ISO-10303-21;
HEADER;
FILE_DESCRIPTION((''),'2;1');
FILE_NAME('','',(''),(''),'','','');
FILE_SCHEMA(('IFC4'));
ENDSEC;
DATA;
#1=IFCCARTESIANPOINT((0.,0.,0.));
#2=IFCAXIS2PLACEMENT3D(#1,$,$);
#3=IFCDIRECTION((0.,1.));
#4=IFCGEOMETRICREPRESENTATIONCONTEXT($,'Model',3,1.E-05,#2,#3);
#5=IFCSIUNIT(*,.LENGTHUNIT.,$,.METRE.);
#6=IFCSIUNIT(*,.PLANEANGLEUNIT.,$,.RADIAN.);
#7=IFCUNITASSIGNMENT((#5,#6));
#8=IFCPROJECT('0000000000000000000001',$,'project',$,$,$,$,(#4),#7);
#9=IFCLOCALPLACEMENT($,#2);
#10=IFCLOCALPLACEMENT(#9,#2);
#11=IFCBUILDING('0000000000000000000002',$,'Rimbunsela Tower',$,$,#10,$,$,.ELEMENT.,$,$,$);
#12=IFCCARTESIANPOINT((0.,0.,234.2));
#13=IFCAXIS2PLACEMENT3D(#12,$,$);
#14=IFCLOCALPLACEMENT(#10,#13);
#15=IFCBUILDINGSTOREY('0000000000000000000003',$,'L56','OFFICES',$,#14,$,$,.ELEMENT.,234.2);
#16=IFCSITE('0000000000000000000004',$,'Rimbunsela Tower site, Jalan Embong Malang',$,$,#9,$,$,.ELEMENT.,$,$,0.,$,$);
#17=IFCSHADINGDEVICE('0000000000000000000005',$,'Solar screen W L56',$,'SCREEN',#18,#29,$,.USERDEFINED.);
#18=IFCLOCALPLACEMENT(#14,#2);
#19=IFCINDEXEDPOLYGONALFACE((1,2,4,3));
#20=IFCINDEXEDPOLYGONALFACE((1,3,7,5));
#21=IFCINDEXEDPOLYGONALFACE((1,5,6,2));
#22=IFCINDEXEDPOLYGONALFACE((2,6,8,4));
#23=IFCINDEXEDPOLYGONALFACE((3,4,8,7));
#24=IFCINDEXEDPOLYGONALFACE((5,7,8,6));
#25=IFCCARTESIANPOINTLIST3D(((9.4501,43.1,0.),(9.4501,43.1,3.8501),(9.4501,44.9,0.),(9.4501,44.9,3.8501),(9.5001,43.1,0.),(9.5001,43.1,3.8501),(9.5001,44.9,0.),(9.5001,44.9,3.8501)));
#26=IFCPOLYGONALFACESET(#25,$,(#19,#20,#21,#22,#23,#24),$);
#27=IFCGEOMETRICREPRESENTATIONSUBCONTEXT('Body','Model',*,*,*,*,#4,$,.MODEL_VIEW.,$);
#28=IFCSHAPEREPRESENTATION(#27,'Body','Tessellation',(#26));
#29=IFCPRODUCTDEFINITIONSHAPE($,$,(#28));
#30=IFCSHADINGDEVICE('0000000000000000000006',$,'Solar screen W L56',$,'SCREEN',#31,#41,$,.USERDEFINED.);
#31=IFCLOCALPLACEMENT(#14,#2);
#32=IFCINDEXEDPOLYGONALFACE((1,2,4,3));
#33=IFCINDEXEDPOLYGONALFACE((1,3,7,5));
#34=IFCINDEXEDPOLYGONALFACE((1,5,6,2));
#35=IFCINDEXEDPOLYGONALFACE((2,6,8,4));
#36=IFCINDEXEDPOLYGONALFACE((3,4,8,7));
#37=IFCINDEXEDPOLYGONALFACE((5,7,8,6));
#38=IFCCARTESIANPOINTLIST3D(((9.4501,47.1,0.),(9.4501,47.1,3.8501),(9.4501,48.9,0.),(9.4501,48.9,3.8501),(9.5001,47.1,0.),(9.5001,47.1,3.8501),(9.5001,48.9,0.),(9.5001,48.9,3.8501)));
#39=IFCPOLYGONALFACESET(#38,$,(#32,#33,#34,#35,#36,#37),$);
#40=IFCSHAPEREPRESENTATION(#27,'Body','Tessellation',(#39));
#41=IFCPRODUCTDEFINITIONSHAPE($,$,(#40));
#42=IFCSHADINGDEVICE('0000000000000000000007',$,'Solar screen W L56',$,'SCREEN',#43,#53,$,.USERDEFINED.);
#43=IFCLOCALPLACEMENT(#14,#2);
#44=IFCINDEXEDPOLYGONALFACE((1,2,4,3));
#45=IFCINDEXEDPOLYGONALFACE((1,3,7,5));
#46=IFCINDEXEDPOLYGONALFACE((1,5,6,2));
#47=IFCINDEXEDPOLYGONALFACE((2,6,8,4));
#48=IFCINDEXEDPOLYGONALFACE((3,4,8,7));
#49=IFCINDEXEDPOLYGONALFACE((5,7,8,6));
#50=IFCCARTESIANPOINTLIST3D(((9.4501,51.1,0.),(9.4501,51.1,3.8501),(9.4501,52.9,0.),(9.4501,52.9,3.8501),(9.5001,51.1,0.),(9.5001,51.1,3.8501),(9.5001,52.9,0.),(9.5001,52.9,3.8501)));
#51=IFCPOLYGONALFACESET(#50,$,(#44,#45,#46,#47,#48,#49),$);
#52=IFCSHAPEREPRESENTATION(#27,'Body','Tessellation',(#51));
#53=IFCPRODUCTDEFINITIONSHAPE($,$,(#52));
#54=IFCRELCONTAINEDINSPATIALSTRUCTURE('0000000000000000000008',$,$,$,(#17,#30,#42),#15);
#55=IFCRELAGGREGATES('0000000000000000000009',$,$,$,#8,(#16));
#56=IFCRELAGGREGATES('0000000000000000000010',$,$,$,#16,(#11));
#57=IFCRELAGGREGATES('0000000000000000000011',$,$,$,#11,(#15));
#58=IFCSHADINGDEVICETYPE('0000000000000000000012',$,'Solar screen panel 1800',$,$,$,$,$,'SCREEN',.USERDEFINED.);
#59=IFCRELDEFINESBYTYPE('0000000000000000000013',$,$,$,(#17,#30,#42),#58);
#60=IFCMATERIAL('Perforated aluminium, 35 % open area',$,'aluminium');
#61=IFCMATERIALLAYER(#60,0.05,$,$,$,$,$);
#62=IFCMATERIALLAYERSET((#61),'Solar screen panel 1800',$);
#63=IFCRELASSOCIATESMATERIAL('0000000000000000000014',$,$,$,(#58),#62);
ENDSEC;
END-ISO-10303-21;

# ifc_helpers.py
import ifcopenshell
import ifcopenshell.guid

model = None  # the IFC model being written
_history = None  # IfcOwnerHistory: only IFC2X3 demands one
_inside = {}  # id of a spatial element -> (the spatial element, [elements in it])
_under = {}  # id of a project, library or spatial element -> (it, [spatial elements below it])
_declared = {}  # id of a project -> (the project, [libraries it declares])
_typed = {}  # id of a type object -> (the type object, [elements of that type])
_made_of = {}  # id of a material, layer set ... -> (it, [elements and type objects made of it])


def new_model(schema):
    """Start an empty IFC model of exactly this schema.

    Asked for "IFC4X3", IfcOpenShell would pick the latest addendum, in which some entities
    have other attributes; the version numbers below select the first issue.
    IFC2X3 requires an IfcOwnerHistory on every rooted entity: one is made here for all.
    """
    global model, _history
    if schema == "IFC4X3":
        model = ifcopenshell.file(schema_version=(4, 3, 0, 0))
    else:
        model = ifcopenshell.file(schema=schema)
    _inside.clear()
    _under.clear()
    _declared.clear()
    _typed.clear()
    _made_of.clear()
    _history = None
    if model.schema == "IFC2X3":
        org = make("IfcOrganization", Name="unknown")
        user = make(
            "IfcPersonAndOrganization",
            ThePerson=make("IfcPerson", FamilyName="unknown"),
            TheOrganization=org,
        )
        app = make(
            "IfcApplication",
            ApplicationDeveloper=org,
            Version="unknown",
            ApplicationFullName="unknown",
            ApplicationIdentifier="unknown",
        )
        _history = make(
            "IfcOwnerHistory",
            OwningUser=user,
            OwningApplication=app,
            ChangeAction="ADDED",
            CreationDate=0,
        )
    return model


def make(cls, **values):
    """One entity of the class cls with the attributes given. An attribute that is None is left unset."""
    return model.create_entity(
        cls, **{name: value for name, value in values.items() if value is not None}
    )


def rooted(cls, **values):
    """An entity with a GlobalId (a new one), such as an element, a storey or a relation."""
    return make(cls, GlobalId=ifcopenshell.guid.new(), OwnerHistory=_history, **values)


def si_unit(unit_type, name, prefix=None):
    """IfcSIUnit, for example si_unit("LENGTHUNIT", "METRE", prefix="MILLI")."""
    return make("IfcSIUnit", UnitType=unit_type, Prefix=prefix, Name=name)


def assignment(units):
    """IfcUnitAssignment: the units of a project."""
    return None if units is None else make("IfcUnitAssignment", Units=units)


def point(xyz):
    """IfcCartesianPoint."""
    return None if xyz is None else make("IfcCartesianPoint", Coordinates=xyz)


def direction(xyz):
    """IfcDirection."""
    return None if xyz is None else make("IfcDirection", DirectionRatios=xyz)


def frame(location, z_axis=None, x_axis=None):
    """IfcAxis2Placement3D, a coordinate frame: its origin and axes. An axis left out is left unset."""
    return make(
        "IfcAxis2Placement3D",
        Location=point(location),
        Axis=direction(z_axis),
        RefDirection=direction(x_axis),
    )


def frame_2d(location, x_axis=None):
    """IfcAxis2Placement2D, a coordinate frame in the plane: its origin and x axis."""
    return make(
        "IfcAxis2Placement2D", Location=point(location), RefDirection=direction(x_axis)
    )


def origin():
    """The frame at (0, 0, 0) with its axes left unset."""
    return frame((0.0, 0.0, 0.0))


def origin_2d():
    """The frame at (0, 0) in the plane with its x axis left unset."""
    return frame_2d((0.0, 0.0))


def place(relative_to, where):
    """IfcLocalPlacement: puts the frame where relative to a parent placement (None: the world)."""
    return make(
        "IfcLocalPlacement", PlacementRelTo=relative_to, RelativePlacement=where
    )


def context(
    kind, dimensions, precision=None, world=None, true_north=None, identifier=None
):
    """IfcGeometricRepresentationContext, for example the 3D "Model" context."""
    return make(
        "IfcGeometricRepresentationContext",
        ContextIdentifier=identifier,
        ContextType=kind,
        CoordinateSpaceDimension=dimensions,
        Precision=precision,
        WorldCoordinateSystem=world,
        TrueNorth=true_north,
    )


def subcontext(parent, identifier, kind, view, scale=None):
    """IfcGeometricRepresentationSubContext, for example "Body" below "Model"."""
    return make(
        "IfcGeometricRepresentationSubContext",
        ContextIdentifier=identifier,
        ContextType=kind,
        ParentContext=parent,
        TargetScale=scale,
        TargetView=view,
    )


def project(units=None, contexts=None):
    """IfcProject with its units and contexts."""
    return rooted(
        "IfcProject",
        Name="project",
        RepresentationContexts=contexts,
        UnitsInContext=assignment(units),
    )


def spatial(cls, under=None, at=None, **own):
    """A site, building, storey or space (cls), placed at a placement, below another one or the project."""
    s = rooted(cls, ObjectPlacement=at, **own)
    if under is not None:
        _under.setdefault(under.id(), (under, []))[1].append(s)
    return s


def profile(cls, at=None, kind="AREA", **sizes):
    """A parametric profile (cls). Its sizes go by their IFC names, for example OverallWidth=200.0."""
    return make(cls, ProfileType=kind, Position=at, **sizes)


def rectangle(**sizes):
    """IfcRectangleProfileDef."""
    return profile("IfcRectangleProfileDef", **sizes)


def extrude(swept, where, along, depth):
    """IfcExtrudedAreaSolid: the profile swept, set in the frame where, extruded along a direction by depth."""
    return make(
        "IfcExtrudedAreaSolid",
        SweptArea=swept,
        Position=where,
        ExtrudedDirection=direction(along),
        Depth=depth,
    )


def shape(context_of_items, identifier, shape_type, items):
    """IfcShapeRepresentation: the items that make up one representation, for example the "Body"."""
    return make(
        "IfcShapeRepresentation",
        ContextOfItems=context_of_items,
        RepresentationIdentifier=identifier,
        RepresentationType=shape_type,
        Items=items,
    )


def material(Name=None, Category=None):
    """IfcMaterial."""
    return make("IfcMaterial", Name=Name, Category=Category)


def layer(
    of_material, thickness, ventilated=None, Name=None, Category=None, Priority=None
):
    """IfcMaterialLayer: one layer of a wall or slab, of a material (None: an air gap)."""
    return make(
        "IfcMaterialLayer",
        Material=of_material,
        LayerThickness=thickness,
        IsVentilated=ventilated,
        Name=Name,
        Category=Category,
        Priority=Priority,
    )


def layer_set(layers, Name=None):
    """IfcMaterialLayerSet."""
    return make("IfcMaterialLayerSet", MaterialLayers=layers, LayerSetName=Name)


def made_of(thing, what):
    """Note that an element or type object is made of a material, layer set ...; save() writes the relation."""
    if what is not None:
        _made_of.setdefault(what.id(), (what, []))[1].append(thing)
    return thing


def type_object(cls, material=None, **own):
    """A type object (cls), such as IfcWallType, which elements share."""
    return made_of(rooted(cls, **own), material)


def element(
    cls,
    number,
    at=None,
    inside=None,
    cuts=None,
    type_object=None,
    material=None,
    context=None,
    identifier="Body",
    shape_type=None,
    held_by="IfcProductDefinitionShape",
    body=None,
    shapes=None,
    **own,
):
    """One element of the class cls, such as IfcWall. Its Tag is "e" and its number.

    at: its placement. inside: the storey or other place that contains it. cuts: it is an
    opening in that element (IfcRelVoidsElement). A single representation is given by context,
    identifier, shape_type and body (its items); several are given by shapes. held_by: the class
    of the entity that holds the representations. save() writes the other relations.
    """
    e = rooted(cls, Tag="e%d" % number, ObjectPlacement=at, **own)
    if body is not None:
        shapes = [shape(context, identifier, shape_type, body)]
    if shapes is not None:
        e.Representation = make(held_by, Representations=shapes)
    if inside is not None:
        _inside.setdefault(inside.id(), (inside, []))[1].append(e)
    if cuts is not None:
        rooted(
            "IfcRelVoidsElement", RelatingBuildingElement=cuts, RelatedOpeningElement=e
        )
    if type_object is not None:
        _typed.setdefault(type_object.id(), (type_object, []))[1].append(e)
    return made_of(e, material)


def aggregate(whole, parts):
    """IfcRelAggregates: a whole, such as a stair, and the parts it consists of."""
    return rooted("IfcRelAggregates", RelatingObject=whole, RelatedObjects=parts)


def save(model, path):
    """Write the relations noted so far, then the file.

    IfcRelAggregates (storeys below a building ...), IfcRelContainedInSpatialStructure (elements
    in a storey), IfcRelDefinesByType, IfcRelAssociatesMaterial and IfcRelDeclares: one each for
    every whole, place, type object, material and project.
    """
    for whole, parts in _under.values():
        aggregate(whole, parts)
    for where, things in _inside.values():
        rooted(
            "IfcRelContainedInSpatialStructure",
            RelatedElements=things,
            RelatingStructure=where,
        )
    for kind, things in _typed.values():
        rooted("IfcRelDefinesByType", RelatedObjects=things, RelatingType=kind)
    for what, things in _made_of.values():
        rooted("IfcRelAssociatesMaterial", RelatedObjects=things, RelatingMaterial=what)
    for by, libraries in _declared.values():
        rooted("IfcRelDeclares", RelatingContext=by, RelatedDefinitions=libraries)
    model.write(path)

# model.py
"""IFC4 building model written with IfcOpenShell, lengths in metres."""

from ifc_helpers import new_model, si_unit, direction, frame, origin, origin_2d, place, context, subcontext, project, spatial, rectangle, extrude, material, layer, layer_set, type_object, element, save


model = new_model("IFC4")

# Units and contexts
model_context = context("Model", 3, precision=1e-05, world=origin(), true_north=direction((0.0, 1.0)))
body_context = subcontext(model_context, "Body", "Model", "MODEL_VIEW")
ifc_project = project(units=[si_unit("LENGTHUNIT", "METRE"), si_unit("PLANEANGLEUNIT", "RADIAN")], contexts=[model_context])

# Site, building, storey
site_placement = place(None, origin())
site = spatial("IfcSite", under=ifc_project, at=site_placement, Name="Rimbunsela Tower site, Jalan Embong Malang", CompositionType="ELEMENT", RefElevation=0.0)
building_placement = place(site_placement, origin())
building = spatial("IfcBuilding", under=site, at=building_placement, Name="Rimbunsela Tower", CompositionType="ELEMENT")
storey_placement = place(building_placement, frame((0.0, 0.0, 234.2)))
storey = spatial("IfcBuildingStorey", under=building, at=storey_placement, Name="L56", Description="OFFICES", CompositionType="ELEMENT", Elevation=234.2)

# Shading devices
ifc_material_1 = material(Name="Perforated aluminium, 35 % open area", Category="aluminium")
ifc_layer_1 = layer(ifc_material_1, 0.05)
ifc_layer_set_1 = layer_set([ifc_layer_1], Name="Solar screen panel 1800")
shading_device_type = type_object("IfcShadingDeviceType", Name="Solar screen panel 1800", ElementType="SCREEN", PredefinedType="USERDEFINED", material=ifc_layer_set_1)
for number, where, z_axis, x_axis, name in (
    (1, (9.4751, 44.0, 0.0), (0.0, 0.0, 1.0), (0.0, 1.0, 0.0), "Solar screen W L56"),
    (2, (9.4751, 48.0, 0.0), (0.0, 0.0, 1.0), (0.0, 1.0, 0.0), "Solar screen W L56"),
    (3, (9.4751, 52.0, 0.0), (0.0, 0.0, 1.0), (0.0, 1.0, 0.0), "Solar screen W L56"),
):
    element("IfcShadingDevice", number, at=place(storey_placement, frame(where, z_axis=z_axis, x_axis=x_axis)), inside=storey, type_object=shading_device_type, Name=name, ObjectType="SCREEN", PredefinedType="USERDEFINED", context=body_context, shape_type="SweptSolid", body=[
        extrude(rectangle(XDim=1.8, YDim=0.05, at=origin_2d()), origin(), (0.0, 0.0, 1.0), 3.8501),
    ])

save(model, "model.ifc")
